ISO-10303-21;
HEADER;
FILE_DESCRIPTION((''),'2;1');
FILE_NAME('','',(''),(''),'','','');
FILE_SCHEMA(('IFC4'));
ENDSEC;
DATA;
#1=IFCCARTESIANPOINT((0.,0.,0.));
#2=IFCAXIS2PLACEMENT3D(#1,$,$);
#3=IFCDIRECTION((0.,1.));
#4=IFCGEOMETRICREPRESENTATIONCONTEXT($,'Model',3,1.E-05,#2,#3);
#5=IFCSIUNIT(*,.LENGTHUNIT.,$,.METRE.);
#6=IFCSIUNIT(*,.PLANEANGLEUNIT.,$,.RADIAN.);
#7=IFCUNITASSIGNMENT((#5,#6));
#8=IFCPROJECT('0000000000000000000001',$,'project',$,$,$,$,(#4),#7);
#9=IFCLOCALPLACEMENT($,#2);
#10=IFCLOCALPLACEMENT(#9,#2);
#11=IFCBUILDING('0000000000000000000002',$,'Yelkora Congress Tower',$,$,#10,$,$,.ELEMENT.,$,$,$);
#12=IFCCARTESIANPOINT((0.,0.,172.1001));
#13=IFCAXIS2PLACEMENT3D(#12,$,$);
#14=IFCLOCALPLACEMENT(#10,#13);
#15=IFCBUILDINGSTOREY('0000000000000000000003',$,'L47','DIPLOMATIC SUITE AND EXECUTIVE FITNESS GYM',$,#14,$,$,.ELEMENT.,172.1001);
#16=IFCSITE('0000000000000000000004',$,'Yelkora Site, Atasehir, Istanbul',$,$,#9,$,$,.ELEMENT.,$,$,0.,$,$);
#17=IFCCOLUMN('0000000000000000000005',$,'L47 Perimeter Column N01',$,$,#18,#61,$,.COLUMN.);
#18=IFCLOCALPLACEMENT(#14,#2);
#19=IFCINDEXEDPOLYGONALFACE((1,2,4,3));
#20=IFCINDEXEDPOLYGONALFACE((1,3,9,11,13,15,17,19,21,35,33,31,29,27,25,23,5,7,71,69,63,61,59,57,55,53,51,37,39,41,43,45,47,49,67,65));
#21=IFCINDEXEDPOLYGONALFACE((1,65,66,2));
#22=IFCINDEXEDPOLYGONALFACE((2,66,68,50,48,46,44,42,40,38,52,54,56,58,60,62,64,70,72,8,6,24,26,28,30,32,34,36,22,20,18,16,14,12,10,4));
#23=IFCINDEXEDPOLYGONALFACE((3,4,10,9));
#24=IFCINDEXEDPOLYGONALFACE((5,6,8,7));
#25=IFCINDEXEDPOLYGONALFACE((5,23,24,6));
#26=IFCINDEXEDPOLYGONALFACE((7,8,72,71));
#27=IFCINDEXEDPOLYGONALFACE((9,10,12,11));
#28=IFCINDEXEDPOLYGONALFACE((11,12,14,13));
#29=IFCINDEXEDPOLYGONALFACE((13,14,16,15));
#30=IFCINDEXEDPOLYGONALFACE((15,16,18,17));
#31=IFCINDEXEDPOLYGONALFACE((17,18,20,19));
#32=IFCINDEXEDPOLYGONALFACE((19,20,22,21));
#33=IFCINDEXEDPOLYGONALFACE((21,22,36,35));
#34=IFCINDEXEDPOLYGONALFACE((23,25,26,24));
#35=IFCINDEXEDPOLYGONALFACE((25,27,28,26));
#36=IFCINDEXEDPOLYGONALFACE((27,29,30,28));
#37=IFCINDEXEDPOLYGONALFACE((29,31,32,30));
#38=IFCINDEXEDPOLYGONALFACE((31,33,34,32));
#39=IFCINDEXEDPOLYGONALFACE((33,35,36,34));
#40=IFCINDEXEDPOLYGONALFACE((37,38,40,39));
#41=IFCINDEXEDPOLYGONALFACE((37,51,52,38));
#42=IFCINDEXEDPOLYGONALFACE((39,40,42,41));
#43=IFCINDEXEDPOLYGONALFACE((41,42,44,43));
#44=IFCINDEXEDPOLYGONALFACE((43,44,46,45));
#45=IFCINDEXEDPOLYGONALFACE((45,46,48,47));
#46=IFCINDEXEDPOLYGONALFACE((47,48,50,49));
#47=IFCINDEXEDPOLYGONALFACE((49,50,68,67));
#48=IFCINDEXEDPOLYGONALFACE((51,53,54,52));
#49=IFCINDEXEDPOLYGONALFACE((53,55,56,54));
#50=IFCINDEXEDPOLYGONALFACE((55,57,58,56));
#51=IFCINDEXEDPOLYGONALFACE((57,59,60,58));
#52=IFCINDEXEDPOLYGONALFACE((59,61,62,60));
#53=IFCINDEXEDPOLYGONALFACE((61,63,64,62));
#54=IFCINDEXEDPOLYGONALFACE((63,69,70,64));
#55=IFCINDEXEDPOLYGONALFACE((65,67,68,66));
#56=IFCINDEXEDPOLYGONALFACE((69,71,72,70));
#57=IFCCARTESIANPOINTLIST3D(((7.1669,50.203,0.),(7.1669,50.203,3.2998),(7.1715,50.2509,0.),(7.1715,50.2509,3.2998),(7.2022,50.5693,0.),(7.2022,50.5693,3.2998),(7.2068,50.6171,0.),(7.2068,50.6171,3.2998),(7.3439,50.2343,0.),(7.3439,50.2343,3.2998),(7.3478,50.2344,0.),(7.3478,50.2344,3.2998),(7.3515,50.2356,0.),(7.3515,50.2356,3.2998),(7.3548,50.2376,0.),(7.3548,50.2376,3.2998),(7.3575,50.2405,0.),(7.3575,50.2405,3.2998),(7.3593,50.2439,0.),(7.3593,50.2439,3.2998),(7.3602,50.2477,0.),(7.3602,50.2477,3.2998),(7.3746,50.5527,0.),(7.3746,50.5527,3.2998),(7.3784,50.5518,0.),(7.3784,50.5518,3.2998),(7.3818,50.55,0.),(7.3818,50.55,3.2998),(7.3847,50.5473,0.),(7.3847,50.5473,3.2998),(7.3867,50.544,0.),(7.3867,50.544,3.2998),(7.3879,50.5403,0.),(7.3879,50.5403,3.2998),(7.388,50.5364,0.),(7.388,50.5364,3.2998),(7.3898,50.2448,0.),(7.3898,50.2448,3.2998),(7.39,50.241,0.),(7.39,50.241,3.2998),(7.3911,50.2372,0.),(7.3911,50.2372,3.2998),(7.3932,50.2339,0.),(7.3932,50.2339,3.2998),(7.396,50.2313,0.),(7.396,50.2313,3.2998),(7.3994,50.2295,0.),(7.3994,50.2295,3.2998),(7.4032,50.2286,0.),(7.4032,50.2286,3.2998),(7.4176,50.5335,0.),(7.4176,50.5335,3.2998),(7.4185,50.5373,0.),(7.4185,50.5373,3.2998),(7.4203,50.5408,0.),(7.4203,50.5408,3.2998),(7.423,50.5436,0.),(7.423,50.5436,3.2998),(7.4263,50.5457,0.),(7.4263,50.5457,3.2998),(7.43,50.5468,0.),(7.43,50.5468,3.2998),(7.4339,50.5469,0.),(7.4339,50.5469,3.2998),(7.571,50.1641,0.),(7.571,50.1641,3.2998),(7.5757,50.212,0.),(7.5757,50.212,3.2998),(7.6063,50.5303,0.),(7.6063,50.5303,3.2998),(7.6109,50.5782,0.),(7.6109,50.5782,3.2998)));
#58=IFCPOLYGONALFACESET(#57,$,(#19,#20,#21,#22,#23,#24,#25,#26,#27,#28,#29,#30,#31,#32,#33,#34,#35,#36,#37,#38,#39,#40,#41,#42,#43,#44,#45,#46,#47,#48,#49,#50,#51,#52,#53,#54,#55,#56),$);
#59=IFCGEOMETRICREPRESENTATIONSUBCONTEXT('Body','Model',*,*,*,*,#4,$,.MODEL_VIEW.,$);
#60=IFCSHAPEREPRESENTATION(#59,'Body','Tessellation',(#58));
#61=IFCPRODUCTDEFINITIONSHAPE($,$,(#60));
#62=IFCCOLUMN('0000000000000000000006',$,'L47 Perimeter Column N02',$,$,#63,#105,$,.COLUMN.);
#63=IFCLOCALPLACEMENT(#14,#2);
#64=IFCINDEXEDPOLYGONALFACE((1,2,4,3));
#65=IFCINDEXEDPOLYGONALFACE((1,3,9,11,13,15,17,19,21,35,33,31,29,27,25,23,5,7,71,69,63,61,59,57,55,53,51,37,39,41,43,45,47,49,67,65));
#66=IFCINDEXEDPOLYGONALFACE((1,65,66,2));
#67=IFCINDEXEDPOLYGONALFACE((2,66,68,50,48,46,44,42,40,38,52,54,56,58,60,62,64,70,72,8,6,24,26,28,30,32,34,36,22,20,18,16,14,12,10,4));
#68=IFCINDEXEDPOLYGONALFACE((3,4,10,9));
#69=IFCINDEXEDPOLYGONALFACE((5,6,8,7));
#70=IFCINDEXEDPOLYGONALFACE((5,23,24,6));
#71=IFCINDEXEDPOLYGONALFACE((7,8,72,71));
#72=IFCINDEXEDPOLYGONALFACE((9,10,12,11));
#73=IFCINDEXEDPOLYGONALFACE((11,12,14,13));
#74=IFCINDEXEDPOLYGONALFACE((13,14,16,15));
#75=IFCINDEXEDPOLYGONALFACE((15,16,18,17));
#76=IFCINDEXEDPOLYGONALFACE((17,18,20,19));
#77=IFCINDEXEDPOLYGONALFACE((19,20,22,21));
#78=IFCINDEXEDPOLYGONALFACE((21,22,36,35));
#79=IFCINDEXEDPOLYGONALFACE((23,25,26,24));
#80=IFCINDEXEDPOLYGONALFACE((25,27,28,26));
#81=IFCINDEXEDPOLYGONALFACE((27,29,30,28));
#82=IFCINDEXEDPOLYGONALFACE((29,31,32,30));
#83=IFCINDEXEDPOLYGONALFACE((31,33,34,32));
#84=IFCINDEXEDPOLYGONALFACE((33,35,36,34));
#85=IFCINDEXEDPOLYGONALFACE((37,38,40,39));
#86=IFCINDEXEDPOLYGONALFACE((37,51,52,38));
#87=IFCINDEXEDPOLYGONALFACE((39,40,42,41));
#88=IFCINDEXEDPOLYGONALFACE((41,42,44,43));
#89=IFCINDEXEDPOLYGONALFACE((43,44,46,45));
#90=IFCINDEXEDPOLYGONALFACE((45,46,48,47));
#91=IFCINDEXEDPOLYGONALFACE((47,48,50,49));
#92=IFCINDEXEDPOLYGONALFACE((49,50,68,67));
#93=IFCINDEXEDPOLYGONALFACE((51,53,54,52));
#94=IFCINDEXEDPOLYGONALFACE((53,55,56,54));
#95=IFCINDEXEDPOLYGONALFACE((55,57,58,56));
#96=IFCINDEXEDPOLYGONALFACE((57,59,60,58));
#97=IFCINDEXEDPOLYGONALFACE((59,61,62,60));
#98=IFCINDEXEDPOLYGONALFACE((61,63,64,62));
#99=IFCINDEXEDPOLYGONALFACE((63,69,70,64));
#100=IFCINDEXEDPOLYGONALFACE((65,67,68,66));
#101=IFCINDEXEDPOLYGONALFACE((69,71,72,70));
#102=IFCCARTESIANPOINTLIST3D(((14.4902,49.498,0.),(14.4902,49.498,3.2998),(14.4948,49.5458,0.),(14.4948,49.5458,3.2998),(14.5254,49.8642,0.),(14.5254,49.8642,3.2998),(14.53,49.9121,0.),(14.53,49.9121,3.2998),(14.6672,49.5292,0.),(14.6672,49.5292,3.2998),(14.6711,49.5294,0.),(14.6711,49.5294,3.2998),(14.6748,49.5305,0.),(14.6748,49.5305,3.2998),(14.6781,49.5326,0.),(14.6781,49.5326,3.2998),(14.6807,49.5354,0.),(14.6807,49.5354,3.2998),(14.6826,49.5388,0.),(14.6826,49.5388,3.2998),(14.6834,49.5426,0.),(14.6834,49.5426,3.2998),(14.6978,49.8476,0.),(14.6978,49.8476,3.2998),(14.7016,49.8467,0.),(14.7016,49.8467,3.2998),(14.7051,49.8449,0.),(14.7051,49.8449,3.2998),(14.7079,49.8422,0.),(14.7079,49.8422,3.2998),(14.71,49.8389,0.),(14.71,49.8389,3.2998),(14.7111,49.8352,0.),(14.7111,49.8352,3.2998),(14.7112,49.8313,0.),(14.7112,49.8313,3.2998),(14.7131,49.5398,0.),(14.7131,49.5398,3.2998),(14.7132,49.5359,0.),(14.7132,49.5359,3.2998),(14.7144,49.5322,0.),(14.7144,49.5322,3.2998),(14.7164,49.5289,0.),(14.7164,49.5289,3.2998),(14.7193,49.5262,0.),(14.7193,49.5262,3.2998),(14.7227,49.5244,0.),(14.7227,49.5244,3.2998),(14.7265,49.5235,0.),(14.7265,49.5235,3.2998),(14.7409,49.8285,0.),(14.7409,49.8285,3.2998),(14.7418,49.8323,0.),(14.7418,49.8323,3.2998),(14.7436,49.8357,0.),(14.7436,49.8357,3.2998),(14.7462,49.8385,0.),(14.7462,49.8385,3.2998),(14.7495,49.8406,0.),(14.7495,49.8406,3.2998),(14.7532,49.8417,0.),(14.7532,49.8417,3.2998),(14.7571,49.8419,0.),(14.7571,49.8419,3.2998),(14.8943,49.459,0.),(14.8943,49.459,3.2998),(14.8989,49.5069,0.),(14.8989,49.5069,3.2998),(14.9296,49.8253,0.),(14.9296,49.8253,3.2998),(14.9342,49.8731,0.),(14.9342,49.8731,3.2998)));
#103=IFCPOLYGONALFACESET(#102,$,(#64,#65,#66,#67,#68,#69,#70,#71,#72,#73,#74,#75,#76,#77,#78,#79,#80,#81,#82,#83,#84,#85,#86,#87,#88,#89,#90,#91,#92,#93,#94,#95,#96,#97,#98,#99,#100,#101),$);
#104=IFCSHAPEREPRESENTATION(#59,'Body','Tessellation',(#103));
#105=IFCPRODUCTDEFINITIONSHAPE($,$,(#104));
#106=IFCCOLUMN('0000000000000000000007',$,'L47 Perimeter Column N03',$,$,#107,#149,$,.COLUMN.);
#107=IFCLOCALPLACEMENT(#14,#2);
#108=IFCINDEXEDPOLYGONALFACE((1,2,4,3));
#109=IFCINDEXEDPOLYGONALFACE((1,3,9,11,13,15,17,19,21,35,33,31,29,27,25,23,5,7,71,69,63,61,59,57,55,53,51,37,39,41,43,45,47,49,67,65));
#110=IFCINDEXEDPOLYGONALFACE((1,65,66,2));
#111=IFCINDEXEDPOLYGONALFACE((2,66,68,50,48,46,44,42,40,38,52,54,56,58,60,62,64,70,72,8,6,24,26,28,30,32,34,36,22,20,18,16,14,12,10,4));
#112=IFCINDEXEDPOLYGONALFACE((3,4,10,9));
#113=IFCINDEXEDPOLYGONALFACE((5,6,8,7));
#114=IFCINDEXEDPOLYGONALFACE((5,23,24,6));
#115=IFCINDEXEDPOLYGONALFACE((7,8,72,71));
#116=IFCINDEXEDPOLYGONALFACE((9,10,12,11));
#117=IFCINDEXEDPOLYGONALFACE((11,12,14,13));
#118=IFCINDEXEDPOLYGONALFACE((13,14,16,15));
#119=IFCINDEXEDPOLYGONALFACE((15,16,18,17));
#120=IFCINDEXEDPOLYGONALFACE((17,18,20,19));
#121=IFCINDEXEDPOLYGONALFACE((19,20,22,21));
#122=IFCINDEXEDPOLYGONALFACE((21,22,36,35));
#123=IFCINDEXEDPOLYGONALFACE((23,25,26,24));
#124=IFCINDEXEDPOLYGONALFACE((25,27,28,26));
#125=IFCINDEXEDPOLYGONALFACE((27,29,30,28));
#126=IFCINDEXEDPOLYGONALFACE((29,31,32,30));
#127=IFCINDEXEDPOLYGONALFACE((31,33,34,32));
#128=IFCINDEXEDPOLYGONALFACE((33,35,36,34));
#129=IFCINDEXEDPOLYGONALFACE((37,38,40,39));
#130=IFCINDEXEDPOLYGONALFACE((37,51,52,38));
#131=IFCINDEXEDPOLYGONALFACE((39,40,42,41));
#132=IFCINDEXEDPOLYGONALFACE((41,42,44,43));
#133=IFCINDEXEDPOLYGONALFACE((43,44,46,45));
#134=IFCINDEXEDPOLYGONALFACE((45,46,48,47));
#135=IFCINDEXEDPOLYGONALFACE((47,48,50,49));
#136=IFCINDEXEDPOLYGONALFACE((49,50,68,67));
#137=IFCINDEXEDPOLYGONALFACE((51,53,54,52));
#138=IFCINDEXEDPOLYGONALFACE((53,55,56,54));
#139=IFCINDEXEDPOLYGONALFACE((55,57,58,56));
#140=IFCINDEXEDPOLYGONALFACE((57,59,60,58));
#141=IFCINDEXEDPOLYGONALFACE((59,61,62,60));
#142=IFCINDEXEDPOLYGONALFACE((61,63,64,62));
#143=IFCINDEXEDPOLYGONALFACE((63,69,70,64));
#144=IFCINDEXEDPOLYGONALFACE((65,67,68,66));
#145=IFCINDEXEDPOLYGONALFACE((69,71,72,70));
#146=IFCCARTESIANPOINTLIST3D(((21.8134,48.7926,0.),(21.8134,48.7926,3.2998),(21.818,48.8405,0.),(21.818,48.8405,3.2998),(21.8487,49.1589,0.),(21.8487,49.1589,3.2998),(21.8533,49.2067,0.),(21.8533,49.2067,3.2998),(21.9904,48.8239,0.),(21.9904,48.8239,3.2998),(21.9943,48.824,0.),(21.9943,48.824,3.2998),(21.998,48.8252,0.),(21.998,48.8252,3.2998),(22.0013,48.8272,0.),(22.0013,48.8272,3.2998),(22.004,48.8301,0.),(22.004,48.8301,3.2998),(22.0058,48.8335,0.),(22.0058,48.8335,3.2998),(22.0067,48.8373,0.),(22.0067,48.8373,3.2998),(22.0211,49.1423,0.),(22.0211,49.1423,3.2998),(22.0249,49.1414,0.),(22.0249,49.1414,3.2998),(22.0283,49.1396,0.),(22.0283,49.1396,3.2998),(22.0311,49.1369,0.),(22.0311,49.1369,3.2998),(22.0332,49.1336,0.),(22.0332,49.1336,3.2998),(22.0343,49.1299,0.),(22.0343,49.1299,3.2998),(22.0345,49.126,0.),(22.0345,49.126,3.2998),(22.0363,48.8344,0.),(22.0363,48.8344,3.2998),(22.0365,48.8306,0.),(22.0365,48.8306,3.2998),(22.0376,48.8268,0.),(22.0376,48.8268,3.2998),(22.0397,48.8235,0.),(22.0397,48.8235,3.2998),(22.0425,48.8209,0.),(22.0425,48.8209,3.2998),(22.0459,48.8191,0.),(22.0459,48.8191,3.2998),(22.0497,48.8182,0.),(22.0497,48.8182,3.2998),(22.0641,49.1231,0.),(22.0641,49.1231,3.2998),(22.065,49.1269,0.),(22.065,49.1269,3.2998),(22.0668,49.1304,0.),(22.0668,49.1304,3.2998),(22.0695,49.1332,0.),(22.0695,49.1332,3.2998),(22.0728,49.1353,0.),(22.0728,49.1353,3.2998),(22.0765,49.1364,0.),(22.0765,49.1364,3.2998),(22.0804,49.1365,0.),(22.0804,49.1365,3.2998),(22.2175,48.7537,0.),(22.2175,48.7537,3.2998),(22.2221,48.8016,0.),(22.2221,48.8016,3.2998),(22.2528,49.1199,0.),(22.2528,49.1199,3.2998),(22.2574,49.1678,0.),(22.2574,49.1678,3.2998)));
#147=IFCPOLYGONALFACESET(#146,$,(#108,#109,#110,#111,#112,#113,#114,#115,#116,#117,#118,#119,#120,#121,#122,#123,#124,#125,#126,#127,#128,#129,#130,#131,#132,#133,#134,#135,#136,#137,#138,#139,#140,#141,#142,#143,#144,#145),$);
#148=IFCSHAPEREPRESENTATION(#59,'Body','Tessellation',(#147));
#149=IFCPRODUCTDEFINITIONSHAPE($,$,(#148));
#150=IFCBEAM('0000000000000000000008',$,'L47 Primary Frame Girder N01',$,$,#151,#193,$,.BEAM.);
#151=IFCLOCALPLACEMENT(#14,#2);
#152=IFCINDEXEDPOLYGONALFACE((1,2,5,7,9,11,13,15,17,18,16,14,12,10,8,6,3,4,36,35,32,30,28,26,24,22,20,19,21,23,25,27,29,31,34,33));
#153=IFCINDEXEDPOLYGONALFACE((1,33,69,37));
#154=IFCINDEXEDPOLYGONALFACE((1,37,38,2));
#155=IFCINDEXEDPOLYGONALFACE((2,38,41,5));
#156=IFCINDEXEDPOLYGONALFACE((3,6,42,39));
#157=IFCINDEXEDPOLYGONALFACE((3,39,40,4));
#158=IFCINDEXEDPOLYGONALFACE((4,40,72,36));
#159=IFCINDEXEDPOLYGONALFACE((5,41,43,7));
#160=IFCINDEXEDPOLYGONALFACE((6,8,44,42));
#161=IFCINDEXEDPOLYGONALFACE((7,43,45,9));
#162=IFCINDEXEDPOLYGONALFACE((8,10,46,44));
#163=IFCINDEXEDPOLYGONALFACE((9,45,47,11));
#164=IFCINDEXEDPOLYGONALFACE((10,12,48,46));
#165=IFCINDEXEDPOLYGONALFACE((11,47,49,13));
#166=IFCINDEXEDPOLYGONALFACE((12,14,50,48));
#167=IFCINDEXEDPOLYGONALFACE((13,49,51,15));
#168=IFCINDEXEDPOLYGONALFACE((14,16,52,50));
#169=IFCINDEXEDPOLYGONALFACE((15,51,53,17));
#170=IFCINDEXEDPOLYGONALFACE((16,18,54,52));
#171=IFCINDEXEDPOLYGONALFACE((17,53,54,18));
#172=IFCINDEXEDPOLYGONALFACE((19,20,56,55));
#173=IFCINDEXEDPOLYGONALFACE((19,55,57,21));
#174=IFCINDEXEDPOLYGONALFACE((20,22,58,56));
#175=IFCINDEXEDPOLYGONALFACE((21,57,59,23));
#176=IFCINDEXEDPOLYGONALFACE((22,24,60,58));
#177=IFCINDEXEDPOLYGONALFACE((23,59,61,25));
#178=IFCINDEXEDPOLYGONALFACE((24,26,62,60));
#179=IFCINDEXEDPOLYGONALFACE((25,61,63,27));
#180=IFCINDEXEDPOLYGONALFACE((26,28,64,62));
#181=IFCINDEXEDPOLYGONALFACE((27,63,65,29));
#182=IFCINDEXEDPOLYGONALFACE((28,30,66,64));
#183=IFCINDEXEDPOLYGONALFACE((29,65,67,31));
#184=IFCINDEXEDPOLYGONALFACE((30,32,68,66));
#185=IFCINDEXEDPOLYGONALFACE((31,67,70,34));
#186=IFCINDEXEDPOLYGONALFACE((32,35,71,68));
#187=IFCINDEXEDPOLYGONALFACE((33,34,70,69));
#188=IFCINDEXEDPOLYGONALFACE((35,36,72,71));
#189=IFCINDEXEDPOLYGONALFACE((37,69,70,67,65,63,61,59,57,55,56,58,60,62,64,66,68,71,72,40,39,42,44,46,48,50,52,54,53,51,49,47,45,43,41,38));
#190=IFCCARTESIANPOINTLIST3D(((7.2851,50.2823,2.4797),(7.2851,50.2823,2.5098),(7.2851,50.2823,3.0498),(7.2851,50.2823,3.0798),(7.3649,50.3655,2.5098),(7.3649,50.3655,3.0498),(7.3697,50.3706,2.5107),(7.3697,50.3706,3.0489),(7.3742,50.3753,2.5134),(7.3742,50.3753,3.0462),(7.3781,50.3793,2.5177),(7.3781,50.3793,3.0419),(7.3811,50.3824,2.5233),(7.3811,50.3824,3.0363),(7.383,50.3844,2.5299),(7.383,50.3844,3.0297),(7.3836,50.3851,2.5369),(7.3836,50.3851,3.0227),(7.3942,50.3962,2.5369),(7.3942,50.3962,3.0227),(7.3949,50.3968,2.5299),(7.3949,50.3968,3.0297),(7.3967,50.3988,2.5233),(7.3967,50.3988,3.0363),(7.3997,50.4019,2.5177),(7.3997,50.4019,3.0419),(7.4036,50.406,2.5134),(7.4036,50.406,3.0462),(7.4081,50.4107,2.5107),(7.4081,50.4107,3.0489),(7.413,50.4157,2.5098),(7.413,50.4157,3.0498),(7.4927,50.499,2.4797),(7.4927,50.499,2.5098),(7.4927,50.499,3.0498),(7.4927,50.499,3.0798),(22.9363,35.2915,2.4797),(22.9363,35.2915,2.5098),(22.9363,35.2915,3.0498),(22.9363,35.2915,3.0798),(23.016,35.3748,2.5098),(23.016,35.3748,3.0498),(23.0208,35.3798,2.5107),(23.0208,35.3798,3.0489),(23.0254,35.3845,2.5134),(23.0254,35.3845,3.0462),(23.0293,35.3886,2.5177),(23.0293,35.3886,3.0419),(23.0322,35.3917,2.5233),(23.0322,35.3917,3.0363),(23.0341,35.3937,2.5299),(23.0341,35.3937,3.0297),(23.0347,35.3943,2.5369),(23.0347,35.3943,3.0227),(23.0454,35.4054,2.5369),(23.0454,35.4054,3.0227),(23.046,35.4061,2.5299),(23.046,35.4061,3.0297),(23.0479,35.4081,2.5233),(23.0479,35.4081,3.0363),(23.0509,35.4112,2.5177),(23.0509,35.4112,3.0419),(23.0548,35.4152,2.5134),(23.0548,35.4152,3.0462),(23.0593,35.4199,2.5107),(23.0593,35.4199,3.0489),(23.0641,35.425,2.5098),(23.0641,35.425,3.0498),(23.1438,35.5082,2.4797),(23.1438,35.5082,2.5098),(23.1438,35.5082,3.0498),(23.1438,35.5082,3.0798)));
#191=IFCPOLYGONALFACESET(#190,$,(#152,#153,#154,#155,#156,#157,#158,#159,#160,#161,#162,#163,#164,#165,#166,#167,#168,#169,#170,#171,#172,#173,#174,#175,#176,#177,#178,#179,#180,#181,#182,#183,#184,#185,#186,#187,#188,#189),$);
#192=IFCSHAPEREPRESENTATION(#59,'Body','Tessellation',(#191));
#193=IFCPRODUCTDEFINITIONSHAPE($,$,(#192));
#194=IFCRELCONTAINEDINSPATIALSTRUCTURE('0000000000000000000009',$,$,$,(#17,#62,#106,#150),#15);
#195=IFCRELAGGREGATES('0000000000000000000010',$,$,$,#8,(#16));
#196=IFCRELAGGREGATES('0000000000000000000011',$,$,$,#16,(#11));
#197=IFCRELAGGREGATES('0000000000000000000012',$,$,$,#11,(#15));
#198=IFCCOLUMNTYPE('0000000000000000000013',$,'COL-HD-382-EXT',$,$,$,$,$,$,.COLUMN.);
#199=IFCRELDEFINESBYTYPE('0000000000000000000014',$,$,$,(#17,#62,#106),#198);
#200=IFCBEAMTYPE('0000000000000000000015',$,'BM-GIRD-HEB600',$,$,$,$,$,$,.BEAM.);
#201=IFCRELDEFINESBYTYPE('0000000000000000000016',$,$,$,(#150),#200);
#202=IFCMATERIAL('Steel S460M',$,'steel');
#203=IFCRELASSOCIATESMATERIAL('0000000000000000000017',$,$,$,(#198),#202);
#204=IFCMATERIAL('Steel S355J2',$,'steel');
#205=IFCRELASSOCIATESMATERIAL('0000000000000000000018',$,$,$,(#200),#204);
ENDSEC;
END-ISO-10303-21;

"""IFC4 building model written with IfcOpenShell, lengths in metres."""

from ifc_helpers import new_model, si_unit, direction, frame, origin, origin_2d, place, context, subcontext, project, spatial, i_section, extrude, material, material_profile, profile_set, type_object, element, save


model = new_model("IFC4")

# Units and contexts
model_context = context("Model", 3, precision=1e-05, world=origin(), true_north=direction((0.0, 1.0)))
body_context = subcontext(model_context, "Body", "Model", "MODEL_VIEW")
ifc_project = project(units=[si_unit("LENGTHUNIT", "METRE"), si_unit("PLANEANGLEUNIT", "RADIAN")], contexts=[model_context])

# Site, building, storey
site_placement = place(None, origin())
site = spatial("IfcSite", under=ifc_project, at=site_placement, Name="Yelkora Site, Atasehir, Istanbul", CompositionType="ELEMENT", RefElevation=0.0)
building_placement = place(site_placement, origin())
building = spatial("IfcBuilding", under=site, at=building_placement, Name="Yelkora Congress Tower", CompositionType="ELEMENT")
storey_placement = place(building_placement, frame((0.0, 0.0, 172.1001)))
storey = spatial("IfcBuildingStorey", under=building, at=storey_placement, Name="L47", Description="DIPLOMATIC SUITE AND EXECUTIVE FITNESS GYM", CompositionType="ELEMENT", Elevation=172.1001)

# Columns
ifc_material_1 = material(Name="Steel S460M", Category="steel")
ifc_material_profile_1 = material_profile(ifc_material_1, i_section(OverallWidth=0.406, OverallDepth=0.416, WebThickness=0.0298, FlangeThickness=0.0481, FilletRadius=0.0149, at=origin_2d()), Name="HD 400x382")
ifc_profile_set_1 = profile_set([ifc_material_profile_1], Name="Steel S460M")
column_type = type_object("IfcColumnType", Name="COL-HD-382-EXT", PredefinedType="COLUMN", material=ifc_profile_set_1)
for number, where, z_axis, x_axis, name in (
    (1, (7.3889, 50.3906, 0.0), (0.0, 0.0, 1.0), (0.995396, -0.095846, 0.0), "L47 Perimeter Column N01"),
    (2, (14.7122, 49.6855, 0.0), (0.0, 0.0, 1.0), (0.995396, -0.095846, 0.0), "L47 Perimeter Column N02"),
    (3, (22.0354, 48.9802, 0.0), (0.0, 0.0, 1.0), (0.995396, -0.095846, 0.0), "L47 Perimeter Column N03"),
):
    element("IfcColumn", number, at=place(storey_placement, frame(where, z_axis=z_axis, x_axis=x_axis)), inside=storey, type_object=column_type, Name=name, PredefinedType="COLUMN", context=body_context, shape_type="SweptSolid", body=[
        extrude(i_section(OverallWidth=0.406, OverallDepth=0.416, WebThickness=0.0298, FlangeThickness=0.0481, FilletRadius=0.0149, at=origin_2d()), origin(), (0.0, 0.0, 1.0), 3.2998),
    ])

# Beam
ifc_material_2 = material(Name="Steel S355J2", Category="steel")
ifc_material_profile_2 = material_profile(ifc_material_2, i_section(OverallWidth=0.3, OverallDepth=0.6001, WebThickness=0.0154, FlangeThickness=0.03, FilletRadius=0.0271, at=origin_2d()), Name="HEB 600")
ifc_profile_set_2 = profile_set([ifc_material_profile_2], Name="Steel S355J2")
beam_type_1 = type_object("IfcBeamType", Name="BM-GIRD-HEB600", PredefinedType="BEAM", material=ifc_profile_set_2)
beam_1_placement = place(storey_placement, frame((7.3889, 50.3906, 2.7798), z_axis=(0.722179, -0.691706, 0.0), x_axis=(0.691706, 0.722179, 0.0)))
element("IfcBeam", 4, at=beam_1_placement, inside=storey, type_object=beam_type_1, Name="L47 Primary Frame Girder N01", PredefinedType="BEAM", context=body_context, shape_type="SweptSolid", body=[
    extrude(i_section(OverallWidth=0.3, OverallDepth=0.6001, WebThickness=0.0154, FlangeThickness=0.03, FilletRadius=0.0271, at=origin_2d()), origin(), (0.0, 0.0, 1.0), 21.6721),
])

save(model, "model.ifc")
